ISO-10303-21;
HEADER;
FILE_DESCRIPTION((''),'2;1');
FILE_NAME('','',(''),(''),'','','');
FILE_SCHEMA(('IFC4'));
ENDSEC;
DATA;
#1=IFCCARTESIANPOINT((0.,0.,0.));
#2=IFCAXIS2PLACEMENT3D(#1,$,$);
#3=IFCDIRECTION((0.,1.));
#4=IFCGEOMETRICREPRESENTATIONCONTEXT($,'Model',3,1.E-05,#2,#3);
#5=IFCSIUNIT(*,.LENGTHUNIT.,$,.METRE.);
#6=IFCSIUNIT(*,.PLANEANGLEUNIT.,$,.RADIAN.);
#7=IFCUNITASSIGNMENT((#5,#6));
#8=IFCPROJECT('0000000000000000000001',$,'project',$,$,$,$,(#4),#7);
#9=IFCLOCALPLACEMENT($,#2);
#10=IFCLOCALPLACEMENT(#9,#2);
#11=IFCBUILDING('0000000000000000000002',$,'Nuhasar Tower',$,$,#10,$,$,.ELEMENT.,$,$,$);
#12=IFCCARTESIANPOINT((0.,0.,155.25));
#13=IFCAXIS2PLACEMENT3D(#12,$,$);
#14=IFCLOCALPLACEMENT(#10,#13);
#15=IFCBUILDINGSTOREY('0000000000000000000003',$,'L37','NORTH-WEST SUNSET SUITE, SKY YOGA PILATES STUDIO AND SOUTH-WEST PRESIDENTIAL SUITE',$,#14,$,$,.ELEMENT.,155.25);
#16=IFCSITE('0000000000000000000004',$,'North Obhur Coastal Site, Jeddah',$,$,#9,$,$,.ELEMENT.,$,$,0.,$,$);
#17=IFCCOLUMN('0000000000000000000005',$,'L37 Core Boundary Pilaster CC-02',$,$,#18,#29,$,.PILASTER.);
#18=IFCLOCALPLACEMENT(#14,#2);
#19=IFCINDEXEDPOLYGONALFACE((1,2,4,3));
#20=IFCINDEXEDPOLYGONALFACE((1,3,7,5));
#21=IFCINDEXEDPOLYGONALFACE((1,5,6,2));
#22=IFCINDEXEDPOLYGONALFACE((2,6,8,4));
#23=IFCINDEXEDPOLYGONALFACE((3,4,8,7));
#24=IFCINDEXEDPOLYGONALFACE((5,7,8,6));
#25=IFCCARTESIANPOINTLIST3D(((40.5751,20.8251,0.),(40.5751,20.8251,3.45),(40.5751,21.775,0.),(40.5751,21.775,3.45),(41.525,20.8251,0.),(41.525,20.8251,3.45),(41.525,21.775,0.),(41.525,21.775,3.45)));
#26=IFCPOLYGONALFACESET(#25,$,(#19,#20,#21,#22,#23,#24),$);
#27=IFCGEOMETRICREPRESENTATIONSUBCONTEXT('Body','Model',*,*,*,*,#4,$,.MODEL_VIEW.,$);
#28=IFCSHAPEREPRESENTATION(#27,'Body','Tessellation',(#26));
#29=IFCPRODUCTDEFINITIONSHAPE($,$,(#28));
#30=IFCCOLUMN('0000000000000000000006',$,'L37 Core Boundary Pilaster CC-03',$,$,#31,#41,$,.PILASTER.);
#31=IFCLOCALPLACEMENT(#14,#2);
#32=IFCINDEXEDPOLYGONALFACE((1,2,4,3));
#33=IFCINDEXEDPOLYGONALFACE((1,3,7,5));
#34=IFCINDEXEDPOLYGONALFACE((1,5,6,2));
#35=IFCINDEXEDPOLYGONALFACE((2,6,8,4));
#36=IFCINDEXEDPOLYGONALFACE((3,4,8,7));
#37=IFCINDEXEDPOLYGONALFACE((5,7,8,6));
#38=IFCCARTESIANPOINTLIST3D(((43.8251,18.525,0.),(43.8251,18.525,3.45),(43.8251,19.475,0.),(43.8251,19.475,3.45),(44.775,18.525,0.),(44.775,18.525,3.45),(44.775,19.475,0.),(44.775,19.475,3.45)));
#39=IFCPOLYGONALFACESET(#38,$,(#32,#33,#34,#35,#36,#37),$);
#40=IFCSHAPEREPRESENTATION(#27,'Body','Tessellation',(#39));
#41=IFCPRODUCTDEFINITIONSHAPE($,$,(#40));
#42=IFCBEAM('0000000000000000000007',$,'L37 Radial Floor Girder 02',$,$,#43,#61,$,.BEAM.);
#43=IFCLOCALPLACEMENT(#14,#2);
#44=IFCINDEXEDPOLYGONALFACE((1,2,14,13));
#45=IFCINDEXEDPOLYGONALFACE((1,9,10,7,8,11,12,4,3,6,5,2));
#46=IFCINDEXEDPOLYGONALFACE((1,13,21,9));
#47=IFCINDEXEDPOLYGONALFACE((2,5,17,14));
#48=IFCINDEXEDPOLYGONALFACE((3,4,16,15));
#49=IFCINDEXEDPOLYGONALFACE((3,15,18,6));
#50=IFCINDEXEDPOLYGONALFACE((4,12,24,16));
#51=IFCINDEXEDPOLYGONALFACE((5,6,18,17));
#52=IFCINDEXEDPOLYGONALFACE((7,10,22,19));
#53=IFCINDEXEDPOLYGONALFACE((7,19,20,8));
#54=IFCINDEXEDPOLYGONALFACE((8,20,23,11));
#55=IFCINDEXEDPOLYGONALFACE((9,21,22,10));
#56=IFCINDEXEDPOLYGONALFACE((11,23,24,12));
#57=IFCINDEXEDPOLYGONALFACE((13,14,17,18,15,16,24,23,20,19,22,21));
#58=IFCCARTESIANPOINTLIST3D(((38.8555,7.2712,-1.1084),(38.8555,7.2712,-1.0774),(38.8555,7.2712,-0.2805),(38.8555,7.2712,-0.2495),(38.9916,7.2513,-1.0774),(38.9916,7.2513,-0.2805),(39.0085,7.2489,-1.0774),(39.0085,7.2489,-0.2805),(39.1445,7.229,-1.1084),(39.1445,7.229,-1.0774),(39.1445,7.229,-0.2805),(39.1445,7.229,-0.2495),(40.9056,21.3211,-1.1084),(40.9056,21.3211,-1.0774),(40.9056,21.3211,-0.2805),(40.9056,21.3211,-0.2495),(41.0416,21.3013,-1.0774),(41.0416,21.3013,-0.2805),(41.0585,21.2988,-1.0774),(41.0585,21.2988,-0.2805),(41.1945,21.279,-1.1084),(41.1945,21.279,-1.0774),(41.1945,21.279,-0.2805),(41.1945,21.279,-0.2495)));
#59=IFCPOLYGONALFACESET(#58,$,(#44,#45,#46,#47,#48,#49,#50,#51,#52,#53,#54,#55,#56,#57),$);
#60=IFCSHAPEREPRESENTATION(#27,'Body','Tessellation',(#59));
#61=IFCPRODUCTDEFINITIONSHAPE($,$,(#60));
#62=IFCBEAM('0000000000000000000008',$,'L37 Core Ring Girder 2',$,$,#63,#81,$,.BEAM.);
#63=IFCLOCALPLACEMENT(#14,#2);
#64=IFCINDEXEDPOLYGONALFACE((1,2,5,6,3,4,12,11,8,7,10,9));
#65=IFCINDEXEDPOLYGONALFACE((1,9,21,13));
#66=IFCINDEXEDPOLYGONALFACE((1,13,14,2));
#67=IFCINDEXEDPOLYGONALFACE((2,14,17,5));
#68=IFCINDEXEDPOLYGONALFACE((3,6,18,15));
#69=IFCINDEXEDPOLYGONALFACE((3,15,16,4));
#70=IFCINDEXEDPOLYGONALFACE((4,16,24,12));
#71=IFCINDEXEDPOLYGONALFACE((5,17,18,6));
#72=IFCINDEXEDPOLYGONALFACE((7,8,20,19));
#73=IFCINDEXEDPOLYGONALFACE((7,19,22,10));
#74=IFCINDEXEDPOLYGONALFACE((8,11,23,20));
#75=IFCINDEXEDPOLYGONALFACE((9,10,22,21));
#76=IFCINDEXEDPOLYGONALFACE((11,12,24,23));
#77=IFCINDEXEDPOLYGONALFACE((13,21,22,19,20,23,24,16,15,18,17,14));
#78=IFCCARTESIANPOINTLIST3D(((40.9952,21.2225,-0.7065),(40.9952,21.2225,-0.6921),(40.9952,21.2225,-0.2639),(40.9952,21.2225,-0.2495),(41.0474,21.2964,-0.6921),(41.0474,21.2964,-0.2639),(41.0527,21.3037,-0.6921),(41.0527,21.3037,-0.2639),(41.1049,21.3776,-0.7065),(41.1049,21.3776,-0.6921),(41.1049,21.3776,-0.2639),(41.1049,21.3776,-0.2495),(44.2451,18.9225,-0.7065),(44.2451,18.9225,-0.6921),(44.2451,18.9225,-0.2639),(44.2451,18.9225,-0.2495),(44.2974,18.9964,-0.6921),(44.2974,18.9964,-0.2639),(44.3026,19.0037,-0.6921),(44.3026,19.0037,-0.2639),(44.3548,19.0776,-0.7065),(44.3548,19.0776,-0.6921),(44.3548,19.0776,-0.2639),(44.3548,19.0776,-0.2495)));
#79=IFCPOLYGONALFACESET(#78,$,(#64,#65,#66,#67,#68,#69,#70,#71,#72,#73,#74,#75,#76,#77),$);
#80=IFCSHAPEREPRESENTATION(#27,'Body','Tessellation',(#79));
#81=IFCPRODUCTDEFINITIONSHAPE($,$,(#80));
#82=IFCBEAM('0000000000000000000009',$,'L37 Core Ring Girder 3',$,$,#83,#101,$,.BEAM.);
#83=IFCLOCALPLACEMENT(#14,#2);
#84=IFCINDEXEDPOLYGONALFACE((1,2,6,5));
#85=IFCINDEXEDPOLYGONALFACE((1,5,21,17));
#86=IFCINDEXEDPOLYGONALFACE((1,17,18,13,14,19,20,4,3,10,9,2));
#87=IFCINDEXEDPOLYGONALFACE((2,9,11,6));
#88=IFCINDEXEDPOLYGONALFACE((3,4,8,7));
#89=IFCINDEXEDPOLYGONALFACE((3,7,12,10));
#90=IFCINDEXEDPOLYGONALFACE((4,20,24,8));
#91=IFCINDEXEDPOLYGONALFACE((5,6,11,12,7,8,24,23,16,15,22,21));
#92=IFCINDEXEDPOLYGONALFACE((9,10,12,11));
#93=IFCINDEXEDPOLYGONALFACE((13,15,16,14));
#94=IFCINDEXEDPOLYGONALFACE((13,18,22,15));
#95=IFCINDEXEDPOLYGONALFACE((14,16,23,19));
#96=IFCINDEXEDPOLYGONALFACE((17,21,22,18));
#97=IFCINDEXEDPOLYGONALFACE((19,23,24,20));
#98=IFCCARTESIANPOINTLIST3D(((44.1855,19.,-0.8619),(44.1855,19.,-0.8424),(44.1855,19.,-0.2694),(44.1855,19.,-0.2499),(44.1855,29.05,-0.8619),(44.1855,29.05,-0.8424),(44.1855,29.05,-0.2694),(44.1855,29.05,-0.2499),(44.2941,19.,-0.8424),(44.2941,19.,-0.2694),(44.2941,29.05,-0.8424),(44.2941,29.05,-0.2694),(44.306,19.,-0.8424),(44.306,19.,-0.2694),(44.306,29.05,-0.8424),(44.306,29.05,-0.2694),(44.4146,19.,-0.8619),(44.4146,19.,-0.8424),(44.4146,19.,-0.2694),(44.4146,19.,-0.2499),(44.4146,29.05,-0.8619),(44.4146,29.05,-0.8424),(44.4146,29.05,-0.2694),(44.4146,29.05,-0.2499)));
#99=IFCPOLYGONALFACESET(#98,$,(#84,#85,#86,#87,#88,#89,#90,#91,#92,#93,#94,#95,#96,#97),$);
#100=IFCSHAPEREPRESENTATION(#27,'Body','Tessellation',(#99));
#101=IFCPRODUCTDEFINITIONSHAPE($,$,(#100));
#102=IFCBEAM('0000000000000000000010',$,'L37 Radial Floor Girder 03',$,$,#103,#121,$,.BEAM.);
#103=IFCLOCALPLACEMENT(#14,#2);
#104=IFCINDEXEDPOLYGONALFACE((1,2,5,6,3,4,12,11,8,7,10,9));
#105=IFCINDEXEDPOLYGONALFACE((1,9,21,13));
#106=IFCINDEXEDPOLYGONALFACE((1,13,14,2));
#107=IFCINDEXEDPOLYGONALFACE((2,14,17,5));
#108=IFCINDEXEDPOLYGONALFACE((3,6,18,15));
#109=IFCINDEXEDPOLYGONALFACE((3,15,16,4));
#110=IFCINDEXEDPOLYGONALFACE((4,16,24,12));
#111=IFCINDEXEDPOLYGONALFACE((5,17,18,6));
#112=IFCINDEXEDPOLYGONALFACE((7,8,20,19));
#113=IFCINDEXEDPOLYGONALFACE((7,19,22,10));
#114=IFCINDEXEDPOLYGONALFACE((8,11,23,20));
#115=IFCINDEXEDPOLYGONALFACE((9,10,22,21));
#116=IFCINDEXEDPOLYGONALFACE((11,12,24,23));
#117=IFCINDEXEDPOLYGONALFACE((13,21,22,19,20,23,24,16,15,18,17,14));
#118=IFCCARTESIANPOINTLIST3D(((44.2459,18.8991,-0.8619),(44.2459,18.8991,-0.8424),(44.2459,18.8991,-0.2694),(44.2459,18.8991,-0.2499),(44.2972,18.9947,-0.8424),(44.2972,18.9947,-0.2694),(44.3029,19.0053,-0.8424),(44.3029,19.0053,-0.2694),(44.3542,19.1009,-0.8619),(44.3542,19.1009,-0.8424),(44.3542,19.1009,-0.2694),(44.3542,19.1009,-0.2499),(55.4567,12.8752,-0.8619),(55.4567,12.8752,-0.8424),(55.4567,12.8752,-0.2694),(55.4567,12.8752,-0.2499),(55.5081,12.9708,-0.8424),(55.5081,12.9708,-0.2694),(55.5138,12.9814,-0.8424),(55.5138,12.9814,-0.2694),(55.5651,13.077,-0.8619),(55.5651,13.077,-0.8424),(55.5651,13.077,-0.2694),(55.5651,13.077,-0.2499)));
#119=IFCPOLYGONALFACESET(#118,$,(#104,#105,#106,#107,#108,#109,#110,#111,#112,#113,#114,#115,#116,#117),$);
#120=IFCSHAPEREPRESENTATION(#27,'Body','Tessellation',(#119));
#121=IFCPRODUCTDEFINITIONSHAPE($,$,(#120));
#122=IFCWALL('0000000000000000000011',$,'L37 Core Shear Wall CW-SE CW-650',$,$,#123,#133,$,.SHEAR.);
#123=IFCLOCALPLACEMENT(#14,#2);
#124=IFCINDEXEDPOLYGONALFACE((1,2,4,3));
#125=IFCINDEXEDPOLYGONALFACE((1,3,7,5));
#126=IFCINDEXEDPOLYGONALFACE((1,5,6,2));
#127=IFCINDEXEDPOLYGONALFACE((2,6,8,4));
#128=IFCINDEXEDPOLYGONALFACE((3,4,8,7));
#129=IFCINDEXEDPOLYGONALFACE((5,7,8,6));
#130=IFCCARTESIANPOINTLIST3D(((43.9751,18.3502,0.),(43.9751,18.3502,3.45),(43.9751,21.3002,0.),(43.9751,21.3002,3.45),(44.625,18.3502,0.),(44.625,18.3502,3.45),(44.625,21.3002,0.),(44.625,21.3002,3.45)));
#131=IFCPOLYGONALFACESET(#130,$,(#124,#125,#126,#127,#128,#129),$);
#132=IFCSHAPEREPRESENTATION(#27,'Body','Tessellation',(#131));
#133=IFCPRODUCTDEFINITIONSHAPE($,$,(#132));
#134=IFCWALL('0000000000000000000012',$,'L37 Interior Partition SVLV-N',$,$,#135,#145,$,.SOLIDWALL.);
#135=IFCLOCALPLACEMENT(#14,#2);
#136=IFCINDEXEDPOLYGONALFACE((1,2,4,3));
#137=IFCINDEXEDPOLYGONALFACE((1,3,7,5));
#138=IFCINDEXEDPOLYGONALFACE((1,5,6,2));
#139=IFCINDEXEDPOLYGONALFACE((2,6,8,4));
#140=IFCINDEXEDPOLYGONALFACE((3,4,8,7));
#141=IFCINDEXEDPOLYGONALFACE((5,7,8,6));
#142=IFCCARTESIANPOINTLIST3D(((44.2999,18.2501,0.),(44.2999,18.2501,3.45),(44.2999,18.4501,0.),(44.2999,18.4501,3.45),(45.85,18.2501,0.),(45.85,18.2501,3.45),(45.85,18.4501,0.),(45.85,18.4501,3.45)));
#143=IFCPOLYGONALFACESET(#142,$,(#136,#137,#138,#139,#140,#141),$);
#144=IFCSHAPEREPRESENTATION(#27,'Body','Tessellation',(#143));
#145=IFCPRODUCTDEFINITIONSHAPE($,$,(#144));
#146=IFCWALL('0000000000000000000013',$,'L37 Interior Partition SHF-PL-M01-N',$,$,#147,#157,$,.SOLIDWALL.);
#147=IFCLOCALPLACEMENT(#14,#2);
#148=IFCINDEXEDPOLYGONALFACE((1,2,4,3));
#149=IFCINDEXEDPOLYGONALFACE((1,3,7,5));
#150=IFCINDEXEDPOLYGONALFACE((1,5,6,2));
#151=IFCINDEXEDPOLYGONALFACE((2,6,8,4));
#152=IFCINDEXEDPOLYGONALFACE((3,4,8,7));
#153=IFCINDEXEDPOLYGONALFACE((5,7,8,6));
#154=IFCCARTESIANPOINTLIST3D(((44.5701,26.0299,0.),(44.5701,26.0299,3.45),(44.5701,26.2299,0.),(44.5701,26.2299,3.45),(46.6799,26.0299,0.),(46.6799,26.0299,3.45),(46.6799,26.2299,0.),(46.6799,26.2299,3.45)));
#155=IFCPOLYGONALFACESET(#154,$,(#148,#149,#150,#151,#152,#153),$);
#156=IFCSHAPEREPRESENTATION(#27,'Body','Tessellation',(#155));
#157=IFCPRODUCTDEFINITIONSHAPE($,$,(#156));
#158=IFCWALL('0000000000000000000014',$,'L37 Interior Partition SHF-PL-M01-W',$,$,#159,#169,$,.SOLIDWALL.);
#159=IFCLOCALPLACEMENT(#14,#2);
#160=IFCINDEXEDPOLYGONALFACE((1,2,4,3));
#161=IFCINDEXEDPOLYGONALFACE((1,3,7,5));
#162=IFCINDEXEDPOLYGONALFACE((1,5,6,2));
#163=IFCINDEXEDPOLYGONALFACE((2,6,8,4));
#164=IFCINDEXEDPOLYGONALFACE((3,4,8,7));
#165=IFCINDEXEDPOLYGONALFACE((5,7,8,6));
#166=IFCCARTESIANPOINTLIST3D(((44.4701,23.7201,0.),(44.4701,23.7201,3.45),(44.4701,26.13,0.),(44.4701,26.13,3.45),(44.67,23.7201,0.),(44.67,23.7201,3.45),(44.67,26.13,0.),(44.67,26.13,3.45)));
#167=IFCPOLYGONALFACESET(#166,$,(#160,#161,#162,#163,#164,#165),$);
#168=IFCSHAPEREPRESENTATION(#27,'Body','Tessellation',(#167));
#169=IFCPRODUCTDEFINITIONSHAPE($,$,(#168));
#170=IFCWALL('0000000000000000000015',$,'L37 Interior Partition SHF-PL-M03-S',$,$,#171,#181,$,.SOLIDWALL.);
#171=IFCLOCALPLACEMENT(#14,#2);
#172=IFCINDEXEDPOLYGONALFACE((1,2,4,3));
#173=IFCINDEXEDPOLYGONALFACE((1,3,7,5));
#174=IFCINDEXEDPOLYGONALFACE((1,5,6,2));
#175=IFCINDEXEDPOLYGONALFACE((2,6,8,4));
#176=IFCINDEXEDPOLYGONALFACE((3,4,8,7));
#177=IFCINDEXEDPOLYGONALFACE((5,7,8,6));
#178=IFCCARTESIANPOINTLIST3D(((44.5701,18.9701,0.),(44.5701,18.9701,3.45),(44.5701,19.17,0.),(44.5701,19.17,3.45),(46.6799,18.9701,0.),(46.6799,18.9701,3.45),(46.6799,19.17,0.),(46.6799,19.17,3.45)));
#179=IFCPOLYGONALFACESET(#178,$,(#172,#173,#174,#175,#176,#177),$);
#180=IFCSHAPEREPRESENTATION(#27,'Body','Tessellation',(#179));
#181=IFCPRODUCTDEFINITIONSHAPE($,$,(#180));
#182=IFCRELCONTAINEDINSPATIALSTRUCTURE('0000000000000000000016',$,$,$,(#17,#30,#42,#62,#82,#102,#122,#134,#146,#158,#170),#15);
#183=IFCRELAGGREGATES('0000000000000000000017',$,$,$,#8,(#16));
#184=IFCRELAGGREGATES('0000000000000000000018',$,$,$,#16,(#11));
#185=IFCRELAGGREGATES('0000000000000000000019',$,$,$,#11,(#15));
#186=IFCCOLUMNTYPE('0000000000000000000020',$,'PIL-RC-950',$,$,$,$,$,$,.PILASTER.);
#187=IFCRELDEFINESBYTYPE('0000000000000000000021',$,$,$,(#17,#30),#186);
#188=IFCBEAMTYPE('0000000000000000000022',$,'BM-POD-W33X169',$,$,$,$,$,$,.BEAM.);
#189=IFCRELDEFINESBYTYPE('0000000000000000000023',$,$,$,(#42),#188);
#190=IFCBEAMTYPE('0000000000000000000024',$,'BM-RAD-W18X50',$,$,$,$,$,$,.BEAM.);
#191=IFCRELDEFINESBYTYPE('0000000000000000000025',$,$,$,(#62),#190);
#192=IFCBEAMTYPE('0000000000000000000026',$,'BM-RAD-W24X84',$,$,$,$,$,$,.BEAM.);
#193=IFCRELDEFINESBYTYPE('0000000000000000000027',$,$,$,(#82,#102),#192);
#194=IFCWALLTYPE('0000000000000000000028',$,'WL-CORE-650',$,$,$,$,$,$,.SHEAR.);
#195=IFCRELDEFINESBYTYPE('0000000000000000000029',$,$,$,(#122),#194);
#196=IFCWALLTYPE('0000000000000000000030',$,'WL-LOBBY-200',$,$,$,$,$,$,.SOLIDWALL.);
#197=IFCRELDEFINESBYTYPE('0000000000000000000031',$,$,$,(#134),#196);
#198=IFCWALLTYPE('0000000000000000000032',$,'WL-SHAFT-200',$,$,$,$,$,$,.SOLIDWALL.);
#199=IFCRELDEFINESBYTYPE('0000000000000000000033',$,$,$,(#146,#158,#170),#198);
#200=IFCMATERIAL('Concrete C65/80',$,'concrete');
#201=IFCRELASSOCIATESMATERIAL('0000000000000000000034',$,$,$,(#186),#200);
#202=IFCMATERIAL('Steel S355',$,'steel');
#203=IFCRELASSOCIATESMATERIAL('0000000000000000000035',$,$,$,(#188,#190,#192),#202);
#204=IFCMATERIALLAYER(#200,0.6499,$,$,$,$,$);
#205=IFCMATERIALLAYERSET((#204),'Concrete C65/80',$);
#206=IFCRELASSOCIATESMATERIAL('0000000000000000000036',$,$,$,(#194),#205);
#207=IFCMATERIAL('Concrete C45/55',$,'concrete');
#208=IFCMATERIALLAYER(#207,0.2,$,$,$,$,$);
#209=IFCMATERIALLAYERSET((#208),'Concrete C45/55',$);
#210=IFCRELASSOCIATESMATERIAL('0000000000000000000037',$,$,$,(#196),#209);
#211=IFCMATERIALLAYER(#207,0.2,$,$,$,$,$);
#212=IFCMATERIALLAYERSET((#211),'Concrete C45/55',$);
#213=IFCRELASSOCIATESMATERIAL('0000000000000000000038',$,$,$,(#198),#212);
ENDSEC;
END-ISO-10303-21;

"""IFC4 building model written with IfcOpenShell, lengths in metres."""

from ifc_helpers import new_model, si_unit, direction, frame, frame_2d, origin, origin_2d, place, context, subcontext, project, spatial, rectangle, i_section, extrude, material, layer, layer_set, material_profile, profile_set, type_object, element, save


model = new_model("IFC4")

# Units and contexts
model_context = context("Model", 3, precision=1e-05, world=origin(), true_north=direction((0.0, 1.0)))
body_context = subcontext(model_context, "Body", "Model", "MODEL_VIEW")
ifc_project = project(units=[si_unit("LENGTHUNIT", "METRE"), si_unit("PLANEANGLEUNIT", "RADIAN")], contexts=[model_context])

# Site, building, storey
site_placement = place(None, origin())
site = spatial("IfcSite", under=ifc_project, at=site_placement, Name="North Obhur Coastal Site, Jeddah", CompositionType="ELEMENT", RefElevation=0.0)
building_placement = place(site_placement, origin())
building = spatial("IfcBuilding", under=site, at=building_placement, Name="Nuhasar Tower", CompositionType="ELEMENT")
storey_placement = place(building_placement, frame((0.0, 0.0, 155.25)))
storey = spatial("IfcBuildingStorey", under=building, at=storey_placement, Name="L37", Description="NORTH-WEST SUNSET SUITE, SKY YOGA PILATES STUDIO AND SOUTH-WEST PRESIDENTIAL SUITE", CompositionType="ELEMENT", Elevation=155.25)

# Columns
ifc_material_1 = material(Name="Concrete C65/80", Category="concrete")
ifc_material_profile_1 = material_profile(ifc_material_1, rectangle(XDim=0.95, YDim=0.95, at=origin_2d()), Name="RC950X950")
ifc_profile_set_1 = profile_set([ifc_material_profile_1], Name="Concrete C65/80")
column_type = type_object("IfcColumnType", Name="PIL-RC-950", PredefinedType="PILASTER", material=ifc_profile_set_1)
for number, where, z_axis, x_axis, name in (
    (1, (41.05, 21.3, 0.0), (0.0, 0.0, 1.0), (1.0, 0.0, 0.0), "L37 Core Boundary Pilaster CC-02"),
    (2, (44.3, 19.0, 0.0), (0.0, 0.0, 1.0), (1.0, 0.0, 0.0), "L37 Core Boundary Pilaster CC-03"),
):
    element("IfcColumn", number, at=place(storey_placement, frame(where, z_axis=z_axis, x_axis=x_axis)), inside=storey, type_object=column_type, Name=name, PredefinedType="PILASTER", context=body_context, shape_type="SweptSolid", body=[
        extrude(rectangle(XDim=0.95, YDim=0.95, at=origin_2d()), origin(), (0.0, 0.0, 1.0), 3.45),
    ])

# Beams
ifc_material_2 = material(Name="Steel S355", Category="steel")
ifc_material_profile_2 = material_profile(ifc_material_2, i_section(OverallWidth=0.292, OverallDepth=0.8589, WebThickness=0.0171, FlangeThickness=0.031, at=origin_2d()), Name="W33X169")
ifc_profile_set_2 = profile_set([ifc_material_profile_2], Name="Steel S355")
beam_type_1 = type_object("IfcBeamType", Name="BM-POD-W33X169", PredefinedType="BEAM", material=ifc_profile_set_2)
beam_1_placement = place(storey_placement, frame((41.05, 21.3, -0.679), z_axis=(-0.144382, -0.989522, 0.0), x_axis=(0.989522, -0.144382, 0.0)))
element("IfcBeam", 3, at=beam_1_placement, inside=storey, type_object=beam_type_1, Name="L37 Radial Floor Girder 02", PredefinedType="BEAM", context=body_context, shape_type="SweptSolid", body=[
    extrude(i_section(OverallWidth=0.292, OverallDepth=0.8589, WebThickness=0.0171, FlangeThickness=0.031, at=origin_2d()), origin(), (0.0, 0.0, 1.0), 14.1987),
])
ifc_material_profile_3 = material_profile(ifc_material_2, i_section(OverallWidth=0.1899, OverallDepth=0.457, WebThickness=0.009, FlangeThickness=0.0144, at=origin_2d()), Name="W18X50")
ifc_profile_set_3 = profile_set([ifc_material_profile_3], Name="Steel S355")
beam_type_2 = type_object("IfcBeamType", Name="BM-RAD-W18X50", PredefinedType="BEAM", material=ifc_profile_set_3)
beam_2_placement = place(storey_placement, frame((41.05, 21.3, -0.478), z_axis=(0.816265, -0.577677, 0.0), x_axis=(0.577677, 0.816265, 0.0)))
element("IfcBeam", 4, at=beam_2_placement, inside=storey, type_object=beam_type_2, Name="L37 Core Ring Girder 2", PredefinedType="BEAM", context=body_context, shape_type="SweptSolid", body=[
    extrude(i_section(OverallWidth=0.1899, OverallDepth=0.457, WebThickness=0.009, FlangeThickness=0.0144, at=origin_2d()), origin(), (0.0, 0.0, 1.0), 3.9814),
])
ifc_material_profile_4 = material_profile(ifc_material_2, i_section(OverallWidth=0.229, OverallDepth=0.6121, WebThickness=0.012, FlangeThickness=0.0195, at=origin_2d()), Name="W24X84")
ifc_profile_set_4 = profile_set([ifc_material_profile_4], Name="Steel S355")
beam_type_3 = type_object("IfcBeamType", Name="BM-RAD-W24X84", PredefinedType="BEAM", material=ifc_profile_set_4)
beam_3_placement = place(storey_placement, frame((44.3, 19.0, -0.5559), z_axis=(0.0, 1.0, 0.0), x_axis=(-1.0, 0.0, 0.0)))
element("IfcBeam", 5, at=beam_3_placement, inside=storey, type_object=beam_type_3, Name="L37 Core Ring Girder 3", PredefinedType="BEAM", context=body_context, shape_type="SweptSolid", body=[
    extrude(i_section(OverallWidth=0.229, OverallDepth=0.6121, WebThickness=0.012, FlangeThickness=0.0195, at=origin_2d()), origin(), (0.0, 0.0, 1.0), 10.05),
])
beam_4_placement = place(storey_placement, frame((44.3, 19.0, -0.5559), z_axis=(0.880888, -0.473324, 0.0), x_axis=(0.473324, 0.880888, 0.0)))
element("IfcBeam", 6, at=beam_4_placement, inside=storey, type_object=beam_type_3, Name="L37 Radial Floor Girder 03", PredefinedType="BEAM", context=body_context, shape_type="SweptSolid", body=[
    extrude(i_section(OverallWidth=0.229, OverallDepth=0.6121, WebThickness=0.012, FlangeThickness=0.0195, at=origin_2d()), origin(), (0.0, 0.0, 1.0), 12.7268),
])

# Wall
ifc_layer_1 = layer(ifc_material_1, 0.6499)
ifc_layer_set_1 = layer_set([ifc_layer_1], Name="Concrete C65/80")
wall_type_1 = type_object("IfcWallType", Name="WL-CORE-650", PredefinedType="SHEAR", material=ifc_layer_set_1)
wall_1_placement = place(storey_placement, frame((44.3, 18.3501, 0.0), z_axis=(0.0, 0.0, 1.0), x_axis=(0.0, 1.0, 0.0)))
element("IfcWall", 7, at=wall_1_placement, inside=storey, type_object=wall_type_1, Name="L37 Core Shear Wall CW-SE CW-650", PredefinedType="SHEAR", context=body_context, shape_type="SweptSolid", body=[
    extrude(rectangle(XDim=2.95, YDim=0.6499, at=frame_2d((1.4751, 0.0))), origin(), (0.0, 0.0, 1.0), 3.45),
])

# Shared definitions
ifc_material_3 = material(Name="Concrete C45/55", Category="concrete")
ifc_layer_2 = layer(ifc_material_3, 0.2)
ifc_layer_set_2 = layer_set([ifc_layer_2], Name="Concrete C45/55")
wall_type_2 = type_object("IfcWallType", Name="WL-LOBBY-200", PredefinedType="SOLIDWALL", material=ifc_layer_set_2)

# Wall
wall_2_placement = place(storey_placement, frame((44.3, 18.3501, 0.0), z_axis=(0.0, 0.0, 1.0), x_axis=(1.0, 0.0, 0.0)))
element("IfcWall", 8, at=wall_2_placement, inside=storey, type_object=wall_type_2, Name="L37 Interior Partition SVLV-N", PredefinedType="SOLIDWALL", context=body_context, shape_type="SweptSolid", body=[
    extrude(rectangle(XDim=1.55, YDim=0.2, at=frame_2d((0.7749, 0.0))), origin(), (0.0, 0.0, 1.0), 3.45),
])

# Shared definitions
ifc_layer_3 = layer(ifc_material_3, 0.2)
ifc_layer_set_3 = layer_set([ifc_layer_3], Name="Concrete C45/55")
wall_type_3 = type_object("IfcWallType", Name="WL-SHAFT-200", PredefinedType="SOLIDWALL", material=ifc_layer_set_3)

# Walls
wall_3_placement = place(storey_placement, frame((44.5701, 26.1299, 0.0), z_axis=(0.0, 0.0, 1.0), x_axis=(1.0, 0.0, 0.0)))
element("IfcWall", 9, at=wall_3_placement, inside=storey, type_object=wall_type_3, Name="L37 Interior Partition SHF-PL-M01-N", PredefinedType="SOLIDWALL", context=body_context, shape_type="SweptSolid", body=[
    extrude(rectangle(XDim=2.1099, YDim=0.2, at=frame_2d((1.0549, 0.0))), origin(), (0.0, 0.0, 1.0), 3.45),
])
wall_4_placement = place(storey_placement, frame((44.5701, 23.72, 0.0), z_axis=(0.0, 0.0, 1.0), x_axis=(0.0, 1.0, 0.0)))
element("IfcWall", 10, at=wall_4_placement, inside=storey, type_object=wall_type_3, Name="L37 Interior Partition SHF-PL-M01-W", PredefinedType="SOLIDWALL", context=body_context, shape_type="SweptSolid", body=[
    extrude(rectangle(XDim=2.4099, YDim=0.2, at=frame_2d((1.2051, 0.0))), origin(), (0.0, 0.0, 1.0), 3.45),
])
wall_5_placement = place(storey_placement, frame((44.5701, 19.0701, 0.0), z_axis=(0.0, 0.0, 1.0), x_axis=(1.0, 0.0, 0.0)))
element("IfcWall", 11, at=wall_5_placement, inside=storey, type_object=wall_type_3, Name="L37 Interior Partition SHF-PL-M03-S", PredefinedType="SOLIDWALL", context=body_context, shape_type="SweptSolid", body=[
    extrude(rectangle(XDim=2.1099, YDim=0.2, at=frame_2d((1.0549, 0.0))), origin(), (0.0, 0.0, 1.0), 3.45),
])

save(model, "model.ifc")
